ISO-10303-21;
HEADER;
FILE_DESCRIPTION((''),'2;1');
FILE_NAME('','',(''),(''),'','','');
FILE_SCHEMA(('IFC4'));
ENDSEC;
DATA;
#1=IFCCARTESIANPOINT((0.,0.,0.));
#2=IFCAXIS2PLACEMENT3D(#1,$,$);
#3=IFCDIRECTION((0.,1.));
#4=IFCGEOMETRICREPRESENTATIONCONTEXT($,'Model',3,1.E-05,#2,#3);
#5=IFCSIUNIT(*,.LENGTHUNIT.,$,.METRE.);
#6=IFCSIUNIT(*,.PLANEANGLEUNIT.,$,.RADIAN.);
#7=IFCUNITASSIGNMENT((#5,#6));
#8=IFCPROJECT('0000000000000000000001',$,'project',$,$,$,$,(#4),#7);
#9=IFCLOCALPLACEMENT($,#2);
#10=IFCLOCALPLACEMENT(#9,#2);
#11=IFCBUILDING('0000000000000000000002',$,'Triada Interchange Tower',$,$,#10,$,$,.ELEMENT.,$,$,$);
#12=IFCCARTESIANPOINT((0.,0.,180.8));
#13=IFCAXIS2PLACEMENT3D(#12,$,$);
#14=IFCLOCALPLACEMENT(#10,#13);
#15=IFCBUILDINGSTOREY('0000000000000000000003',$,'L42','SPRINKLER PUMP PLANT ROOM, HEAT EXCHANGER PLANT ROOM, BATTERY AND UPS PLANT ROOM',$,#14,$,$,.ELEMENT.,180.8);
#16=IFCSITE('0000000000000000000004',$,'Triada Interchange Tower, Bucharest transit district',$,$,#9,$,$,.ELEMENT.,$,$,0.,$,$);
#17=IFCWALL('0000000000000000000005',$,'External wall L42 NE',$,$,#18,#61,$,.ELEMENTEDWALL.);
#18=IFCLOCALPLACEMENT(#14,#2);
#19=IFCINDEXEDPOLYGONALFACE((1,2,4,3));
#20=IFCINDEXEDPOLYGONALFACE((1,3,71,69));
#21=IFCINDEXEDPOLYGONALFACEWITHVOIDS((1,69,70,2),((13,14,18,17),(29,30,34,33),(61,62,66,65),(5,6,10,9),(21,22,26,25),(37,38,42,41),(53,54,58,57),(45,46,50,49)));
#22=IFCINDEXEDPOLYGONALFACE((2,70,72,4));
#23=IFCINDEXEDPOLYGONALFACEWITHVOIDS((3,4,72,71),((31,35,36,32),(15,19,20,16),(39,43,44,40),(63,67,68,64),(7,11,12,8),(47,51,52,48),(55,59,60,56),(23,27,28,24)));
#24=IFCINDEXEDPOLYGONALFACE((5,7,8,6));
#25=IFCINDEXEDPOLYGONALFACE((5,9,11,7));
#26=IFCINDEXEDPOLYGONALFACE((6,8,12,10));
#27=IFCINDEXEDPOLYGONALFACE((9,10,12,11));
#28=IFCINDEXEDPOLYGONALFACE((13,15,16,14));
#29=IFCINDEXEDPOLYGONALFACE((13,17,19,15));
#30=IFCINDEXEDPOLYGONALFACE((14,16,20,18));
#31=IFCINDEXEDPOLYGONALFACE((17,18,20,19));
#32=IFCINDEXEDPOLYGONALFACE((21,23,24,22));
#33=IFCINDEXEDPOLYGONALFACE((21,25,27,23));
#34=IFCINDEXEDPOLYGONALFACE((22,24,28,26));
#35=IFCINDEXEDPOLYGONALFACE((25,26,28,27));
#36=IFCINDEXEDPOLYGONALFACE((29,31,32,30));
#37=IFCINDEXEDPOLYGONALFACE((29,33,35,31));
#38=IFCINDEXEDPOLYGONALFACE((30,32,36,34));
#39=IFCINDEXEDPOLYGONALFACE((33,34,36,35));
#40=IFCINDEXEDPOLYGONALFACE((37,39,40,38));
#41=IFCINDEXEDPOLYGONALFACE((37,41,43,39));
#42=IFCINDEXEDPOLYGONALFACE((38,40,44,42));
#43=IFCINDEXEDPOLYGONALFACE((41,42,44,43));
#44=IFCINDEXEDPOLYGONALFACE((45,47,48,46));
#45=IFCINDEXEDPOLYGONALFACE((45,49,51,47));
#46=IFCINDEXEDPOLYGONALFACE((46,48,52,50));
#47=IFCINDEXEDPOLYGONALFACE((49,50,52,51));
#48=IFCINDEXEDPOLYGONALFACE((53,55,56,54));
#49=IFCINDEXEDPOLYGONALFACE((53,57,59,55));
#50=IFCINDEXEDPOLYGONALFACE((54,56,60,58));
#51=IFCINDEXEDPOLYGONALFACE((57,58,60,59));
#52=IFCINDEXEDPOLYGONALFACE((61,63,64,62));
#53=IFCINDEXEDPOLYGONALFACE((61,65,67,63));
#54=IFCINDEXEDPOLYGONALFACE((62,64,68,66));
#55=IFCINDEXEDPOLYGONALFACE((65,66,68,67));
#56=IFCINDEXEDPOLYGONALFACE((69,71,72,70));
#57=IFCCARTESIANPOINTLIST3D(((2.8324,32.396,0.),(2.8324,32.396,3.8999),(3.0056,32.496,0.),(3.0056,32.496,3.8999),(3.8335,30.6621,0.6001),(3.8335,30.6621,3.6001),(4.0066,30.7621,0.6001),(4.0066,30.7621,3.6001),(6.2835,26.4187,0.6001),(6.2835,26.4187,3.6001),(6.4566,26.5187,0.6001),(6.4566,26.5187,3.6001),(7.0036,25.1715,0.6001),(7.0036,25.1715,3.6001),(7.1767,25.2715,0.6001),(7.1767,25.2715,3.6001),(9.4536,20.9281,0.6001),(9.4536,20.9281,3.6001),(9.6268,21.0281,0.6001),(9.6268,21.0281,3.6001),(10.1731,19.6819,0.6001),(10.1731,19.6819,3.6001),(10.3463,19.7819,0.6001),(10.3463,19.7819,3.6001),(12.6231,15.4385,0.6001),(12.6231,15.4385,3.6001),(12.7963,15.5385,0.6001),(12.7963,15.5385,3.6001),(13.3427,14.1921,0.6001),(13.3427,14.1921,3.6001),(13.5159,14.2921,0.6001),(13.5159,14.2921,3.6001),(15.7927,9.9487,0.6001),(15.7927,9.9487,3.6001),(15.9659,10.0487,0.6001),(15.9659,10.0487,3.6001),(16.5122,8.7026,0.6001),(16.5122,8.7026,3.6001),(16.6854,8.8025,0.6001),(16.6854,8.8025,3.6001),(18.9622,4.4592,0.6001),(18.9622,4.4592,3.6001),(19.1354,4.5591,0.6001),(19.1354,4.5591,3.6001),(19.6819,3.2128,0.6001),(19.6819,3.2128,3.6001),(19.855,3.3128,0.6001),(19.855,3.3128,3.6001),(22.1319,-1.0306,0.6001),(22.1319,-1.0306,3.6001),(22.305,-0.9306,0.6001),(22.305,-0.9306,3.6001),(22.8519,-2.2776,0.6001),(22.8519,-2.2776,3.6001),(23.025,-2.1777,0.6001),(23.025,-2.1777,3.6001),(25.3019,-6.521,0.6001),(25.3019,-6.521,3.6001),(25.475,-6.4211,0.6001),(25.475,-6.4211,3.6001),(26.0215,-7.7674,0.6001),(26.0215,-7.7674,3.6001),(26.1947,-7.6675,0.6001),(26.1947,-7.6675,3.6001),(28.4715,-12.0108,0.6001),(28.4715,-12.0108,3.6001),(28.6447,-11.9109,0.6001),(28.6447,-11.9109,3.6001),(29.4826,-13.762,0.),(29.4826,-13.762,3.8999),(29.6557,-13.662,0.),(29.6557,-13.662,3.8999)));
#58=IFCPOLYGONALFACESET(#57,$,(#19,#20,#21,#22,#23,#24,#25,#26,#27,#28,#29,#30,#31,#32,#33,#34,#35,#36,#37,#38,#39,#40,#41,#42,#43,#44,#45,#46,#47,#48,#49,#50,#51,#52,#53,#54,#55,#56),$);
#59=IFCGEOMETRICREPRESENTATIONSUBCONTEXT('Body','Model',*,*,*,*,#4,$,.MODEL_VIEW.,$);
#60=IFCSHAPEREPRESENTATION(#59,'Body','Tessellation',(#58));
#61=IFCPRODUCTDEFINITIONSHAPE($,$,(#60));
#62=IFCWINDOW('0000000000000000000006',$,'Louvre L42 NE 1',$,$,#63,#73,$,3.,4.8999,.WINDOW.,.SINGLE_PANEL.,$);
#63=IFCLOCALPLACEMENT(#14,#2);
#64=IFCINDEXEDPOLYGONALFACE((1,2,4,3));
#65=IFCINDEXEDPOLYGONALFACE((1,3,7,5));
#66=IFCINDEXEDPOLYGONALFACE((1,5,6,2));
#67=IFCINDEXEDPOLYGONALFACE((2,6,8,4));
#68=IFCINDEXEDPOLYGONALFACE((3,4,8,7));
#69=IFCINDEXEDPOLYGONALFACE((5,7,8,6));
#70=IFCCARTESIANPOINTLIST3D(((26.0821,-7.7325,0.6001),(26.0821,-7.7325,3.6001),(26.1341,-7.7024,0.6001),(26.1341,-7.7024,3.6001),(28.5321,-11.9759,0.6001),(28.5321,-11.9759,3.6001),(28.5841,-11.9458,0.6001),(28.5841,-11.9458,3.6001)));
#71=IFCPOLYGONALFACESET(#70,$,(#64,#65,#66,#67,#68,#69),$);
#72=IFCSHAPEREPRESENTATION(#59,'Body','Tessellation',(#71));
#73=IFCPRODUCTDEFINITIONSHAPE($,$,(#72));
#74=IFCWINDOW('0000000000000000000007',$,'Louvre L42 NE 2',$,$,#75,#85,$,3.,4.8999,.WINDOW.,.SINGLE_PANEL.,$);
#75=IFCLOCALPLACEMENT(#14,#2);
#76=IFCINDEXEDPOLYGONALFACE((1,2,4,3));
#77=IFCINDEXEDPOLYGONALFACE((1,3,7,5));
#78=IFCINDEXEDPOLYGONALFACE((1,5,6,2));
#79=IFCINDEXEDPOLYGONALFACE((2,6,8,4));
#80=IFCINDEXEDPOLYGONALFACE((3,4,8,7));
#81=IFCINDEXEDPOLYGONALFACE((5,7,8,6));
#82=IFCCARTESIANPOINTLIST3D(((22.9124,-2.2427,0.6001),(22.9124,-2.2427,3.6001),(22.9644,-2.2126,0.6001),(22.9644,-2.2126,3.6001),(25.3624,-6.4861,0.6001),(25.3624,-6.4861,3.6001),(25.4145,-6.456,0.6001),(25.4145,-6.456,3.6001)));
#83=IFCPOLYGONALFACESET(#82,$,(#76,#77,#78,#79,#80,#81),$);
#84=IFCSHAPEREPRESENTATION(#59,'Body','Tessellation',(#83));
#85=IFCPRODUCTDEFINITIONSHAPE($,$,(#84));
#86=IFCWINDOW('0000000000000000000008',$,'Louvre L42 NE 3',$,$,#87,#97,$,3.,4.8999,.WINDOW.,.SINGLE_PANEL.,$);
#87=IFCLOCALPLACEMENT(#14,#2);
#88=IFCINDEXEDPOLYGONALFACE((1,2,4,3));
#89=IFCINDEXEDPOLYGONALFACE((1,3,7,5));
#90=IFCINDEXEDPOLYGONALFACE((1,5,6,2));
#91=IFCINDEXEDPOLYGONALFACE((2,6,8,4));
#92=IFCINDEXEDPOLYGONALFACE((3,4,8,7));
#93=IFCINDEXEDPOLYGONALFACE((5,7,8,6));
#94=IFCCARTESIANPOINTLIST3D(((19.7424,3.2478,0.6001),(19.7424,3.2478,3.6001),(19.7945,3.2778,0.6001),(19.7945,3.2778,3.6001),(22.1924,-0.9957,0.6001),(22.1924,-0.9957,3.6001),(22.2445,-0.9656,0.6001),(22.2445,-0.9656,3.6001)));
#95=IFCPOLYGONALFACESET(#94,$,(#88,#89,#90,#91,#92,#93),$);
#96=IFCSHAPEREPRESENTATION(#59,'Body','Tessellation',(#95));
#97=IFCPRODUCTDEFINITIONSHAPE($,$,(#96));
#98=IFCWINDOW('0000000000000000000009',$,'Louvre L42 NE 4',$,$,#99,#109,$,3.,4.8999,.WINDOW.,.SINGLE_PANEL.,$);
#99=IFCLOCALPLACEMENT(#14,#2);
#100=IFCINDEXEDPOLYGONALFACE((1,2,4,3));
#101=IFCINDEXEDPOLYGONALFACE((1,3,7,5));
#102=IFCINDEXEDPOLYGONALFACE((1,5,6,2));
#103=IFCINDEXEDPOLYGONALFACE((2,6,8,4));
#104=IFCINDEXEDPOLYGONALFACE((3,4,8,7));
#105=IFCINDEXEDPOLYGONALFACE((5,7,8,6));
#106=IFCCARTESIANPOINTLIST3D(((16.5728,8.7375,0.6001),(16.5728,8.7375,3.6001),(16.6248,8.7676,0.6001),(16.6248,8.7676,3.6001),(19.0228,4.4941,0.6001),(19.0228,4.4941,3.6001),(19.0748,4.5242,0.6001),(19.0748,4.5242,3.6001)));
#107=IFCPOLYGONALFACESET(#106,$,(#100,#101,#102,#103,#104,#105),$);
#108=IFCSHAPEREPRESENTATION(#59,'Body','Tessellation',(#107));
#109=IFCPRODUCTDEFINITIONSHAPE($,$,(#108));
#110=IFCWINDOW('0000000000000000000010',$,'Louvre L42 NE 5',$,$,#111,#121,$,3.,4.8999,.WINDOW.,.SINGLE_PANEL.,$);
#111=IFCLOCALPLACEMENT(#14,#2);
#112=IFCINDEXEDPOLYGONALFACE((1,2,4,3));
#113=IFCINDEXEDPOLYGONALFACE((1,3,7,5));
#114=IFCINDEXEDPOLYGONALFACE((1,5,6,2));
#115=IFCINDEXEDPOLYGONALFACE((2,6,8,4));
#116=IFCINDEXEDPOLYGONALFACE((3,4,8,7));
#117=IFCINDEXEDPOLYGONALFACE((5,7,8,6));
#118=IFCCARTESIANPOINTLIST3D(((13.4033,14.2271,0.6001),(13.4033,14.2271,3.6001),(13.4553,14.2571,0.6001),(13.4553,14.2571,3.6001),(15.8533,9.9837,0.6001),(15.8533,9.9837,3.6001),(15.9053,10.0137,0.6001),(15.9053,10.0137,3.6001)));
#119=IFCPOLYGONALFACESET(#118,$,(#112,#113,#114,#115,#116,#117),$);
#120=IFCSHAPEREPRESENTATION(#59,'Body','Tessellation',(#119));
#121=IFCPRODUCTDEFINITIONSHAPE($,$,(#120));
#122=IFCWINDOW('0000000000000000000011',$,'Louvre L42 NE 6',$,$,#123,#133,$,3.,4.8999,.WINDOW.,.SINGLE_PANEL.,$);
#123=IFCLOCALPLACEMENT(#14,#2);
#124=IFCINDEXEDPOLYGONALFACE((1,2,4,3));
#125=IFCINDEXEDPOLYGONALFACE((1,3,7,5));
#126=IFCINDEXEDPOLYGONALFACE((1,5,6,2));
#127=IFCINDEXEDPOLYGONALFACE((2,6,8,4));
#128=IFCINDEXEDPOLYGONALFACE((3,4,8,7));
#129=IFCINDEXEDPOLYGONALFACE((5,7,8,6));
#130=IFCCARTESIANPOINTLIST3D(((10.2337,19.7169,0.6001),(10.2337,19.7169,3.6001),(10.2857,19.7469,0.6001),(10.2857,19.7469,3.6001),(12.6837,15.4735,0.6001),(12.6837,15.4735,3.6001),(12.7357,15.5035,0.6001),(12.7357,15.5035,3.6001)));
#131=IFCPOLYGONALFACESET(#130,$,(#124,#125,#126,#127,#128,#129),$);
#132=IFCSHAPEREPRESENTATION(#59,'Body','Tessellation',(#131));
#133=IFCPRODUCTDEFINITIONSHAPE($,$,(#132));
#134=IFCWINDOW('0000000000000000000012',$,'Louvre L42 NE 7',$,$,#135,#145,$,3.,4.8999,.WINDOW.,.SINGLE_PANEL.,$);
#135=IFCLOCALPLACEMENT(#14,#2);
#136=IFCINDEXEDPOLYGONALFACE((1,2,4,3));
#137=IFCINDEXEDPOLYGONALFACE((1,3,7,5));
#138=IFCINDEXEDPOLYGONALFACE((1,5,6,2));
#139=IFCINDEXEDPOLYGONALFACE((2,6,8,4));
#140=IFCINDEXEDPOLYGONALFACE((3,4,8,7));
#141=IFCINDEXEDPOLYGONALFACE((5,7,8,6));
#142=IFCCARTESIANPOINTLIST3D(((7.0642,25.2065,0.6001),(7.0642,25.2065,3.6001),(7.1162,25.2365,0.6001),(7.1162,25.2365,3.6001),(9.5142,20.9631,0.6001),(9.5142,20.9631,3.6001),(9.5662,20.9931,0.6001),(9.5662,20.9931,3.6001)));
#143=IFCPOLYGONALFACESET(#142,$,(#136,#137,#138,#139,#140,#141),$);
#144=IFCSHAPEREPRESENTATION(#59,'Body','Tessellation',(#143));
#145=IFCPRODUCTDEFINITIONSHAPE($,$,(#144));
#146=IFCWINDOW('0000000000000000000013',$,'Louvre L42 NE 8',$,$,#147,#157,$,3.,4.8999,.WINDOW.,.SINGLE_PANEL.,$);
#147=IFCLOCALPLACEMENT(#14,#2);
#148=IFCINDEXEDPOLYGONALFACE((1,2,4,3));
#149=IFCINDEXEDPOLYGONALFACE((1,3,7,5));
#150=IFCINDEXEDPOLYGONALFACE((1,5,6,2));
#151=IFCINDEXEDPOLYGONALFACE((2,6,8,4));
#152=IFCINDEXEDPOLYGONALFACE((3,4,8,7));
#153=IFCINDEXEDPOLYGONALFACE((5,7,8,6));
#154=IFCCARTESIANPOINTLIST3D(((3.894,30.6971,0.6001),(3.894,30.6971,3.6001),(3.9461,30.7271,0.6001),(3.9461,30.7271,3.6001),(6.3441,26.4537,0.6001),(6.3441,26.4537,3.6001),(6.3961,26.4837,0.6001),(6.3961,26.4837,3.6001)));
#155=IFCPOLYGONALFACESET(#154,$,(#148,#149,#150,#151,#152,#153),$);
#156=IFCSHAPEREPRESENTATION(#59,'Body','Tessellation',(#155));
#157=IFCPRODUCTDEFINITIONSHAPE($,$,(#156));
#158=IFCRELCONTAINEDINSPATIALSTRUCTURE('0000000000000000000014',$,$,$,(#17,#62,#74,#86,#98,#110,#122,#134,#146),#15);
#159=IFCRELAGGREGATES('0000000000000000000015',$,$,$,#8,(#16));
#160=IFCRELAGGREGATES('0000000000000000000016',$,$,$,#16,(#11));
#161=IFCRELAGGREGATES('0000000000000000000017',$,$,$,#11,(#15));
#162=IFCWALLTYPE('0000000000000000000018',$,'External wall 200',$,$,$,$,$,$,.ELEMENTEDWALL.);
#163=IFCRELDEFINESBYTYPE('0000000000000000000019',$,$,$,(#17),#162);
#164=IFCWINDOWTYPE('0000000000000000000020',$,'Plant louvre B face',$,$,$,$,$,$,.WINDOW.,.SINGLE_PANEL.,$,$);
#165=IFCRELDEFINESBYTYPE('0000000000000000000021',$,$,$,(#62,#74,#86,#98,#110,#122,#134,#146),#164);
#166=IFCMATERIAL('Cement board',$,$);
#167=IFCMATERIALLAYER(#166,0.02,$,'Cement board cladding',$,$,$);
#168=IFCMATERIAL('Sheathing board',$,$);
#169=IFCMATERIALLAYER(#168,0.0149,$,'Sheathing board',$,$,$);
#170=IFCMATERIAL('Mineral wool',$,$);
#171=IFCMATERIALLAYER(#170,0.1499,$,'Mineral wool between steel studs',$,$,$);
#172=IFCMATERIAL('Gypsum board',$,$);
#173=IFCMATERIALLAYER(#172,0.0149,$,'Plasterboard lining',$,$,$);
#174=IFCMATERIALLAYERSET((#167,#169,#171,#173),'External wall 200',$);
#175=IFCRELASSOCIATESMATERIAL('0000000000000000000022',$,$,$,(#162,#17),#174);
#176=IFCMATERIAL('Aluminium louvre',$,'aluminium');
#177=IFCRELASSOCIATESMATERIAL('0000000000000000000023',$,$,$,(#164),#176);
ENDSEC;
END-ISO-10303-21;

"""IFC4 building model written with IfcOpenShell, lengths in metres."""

from ifc_helpers import new_model, si_unit, direction, frame, frame_2d, origin, place, context, subcontext, project, spatial, rectangle, extrude, material, layer, layer_set, layer_usage, type_object, element, fill, save


model = new_model("IFC4")

# Units and contexts
model_context = context("Model", 3, precision=1e-05, world=origin(), true_north=direction((0.0, 1.0)))
body_context = subcontext(model_context, "Body", "Model", "MODEL_VIEW")
ifc_project = project(units=[si_unit("LENGTHUNIT", "METRE"), si_unit("PLANEANGLEUNIT", "RADIAN")], contexts=[model_context])

# Site, building, storey
site_placement = place(None, origin())
site = spatial("IfcSite", under=ifc_project, at=site_placement, Name="Triada Interchange Tower, Bucharest transit district", CompositionType="ELEMENT", RefElevation=0.0)
building_placement = place(site_placement, origin())
building = spatial("IfcBuilding", under=site, at=building_placement, Name="Triada Interchange Tower", CompositionType="ELEMENT")
storey_placement = place(building_placement, frame((0.0, 0.0, 180.8)))
storey = spatial("IfcBuildingStorey", under=building, at=storey_placement, Name="L42", Description="SPRINKLER PUMP PLANT ROOM, HEAT EXCHANGER PLANT ROOM, BATTERY AND UPS PLANT ROOM", CompositionType="ELEMENT", Elevation=180.8)

# Shared definitions
ifc_material_1 = material(Name="Cement board")
ifc_layer_1 = layer(ifc_material_1, 0.02, Name="Cement board cladding")
ifc_material_2 = material(Name="Sheathing board")
ifc_layer_2 = layer(ifc_material_2, 0.0149, Name="Sheathing board")
ifc_material_3 = material(Name="Mineral wool")
ifc_layer_3 = layer(ifc_material_3, 0.1499, Name="Mineral wool between steel studs")
ifc_material_4 = material(Name="Gypsum board")
ifc_layer_4 = layer(ifc_material_4, 0.0149, Name="Plasterboard lining")
ifc_layer_set_1 = layer_set([ifc_layer_1, ifc_layer_2, ifc_layer_3, ifc_layer_4], Name="External wall 200")
ifc_layer_usage = layer_usage(ifc_layer_set_1, "AXIS2", "POSITIVE", -0.1001)
wall_type = type_object("IfcWallType", Name="External wall 200", PredefinedType="ELEMENTEDWALL", material=ifc_layer_set_1)
ifc_material_5 = material(Name="Aluminium louvre", Category="aluminium")

# Wall, openings, windows
wall_1_placement = place(storey_placement, frame((29.5691, -13.7119, 0.0), z_axis=(0.0, 0.0, 1.0), x_axis=(-0.500012, 0.866019, 0.0)))
wall_1 = element("IfcWall", 1, at=wall_1_placement, inside=storey, type_object=wall_type, material=ifc_layer_usage, Name="External wall L42 NE", PredefinedType="ELEMENTEDWALL", context=body_context, shape_type="SweptSolid", body=[
    extrude(rectangle(XDim=53.2991, YDim=0.2, at=frame_2d((26.6494, 0.0))), origin(), (0.0, 0.0, 1.0), 3.8999),
])
opening_1_placement = place(wall_1_placement, frame((2.022, 0.0, 0.6001)))
opening_1 = element("IfcOpeningElement", 2, at=opening_1_placement, cuts=wall_1, PredefinedType="OPENING", context=body_context, shape_type="SweptSolid", body=[
    extrude(rectangle(XDim=4.8999, YDim=3.0, at=frame_2d((2.45, 1.5))), frame((0.0, 0.1099, 0.0), z_axis=(0.0, -1.0, 0.0), x_axis=(1.0, 0.0, 0.0)), (0.0, 0.0, 1.0), 0.22),
])
opening_2_placement = place(wall_1_placement, frame((8.3611, 0.0, 0.6001)))
opening_2 = element("IfcOpeningElement", 3, at=opening_2_placement, cuts=wall_1, PredefinedType="OPENING", context=body_context, shape_type="SweptSolid", body=[
    extrude(rectangle(XDim=4.8999, YDim=3.0, at=frame_2d((2.45, 1.5))), frame((0.0, 0.1099, 0.0), z_axis=(0.0, -1.0, 0.0), x_axis=(1.0, 0.0, 0.0)), (0.0, 0.0, 1.0), 0.22),
])
opening_3_placement = place(wall_1_placement, frame((14.7009, 0.0, 0.6001)))
opening_3 = element("IfcOpeningElement", 4, at=opening_3_placement, cuts=wall_1, PredefinedType="OPENING", context=body_context, shape_type="SweptSolid", body=[
    extrude(rectangle(XDim=4.8999, YDim=3.0, at=frame_2d((2.45, 1.5))), frame((0.0, 0.1099, 0.0), z_axis=(0.0, -1.0, 0.0), x_axis=(1.0, 0.0, 0.0)), (0.0, 0.0, 1.0), 0.22),
])
opening_4_placement = place(wall_1_placement, frame((21.04, 0.0, 0.6001)))
opening_4 = element("IfcOpeningElement", 5, at=opening_4_placement, cuts=wall_1, PredefinedType="OPENING", context=body_context, shape_type="SweptSolid", body=[
    extrude(rectangle(XDim=4.8999, YDim=3.0, at=frame_2d((2.45, 1.5))), frame((0.0, 0.1099, 0.0), z_axis=(0.0, -1.0, 0.0), x_axis=(1.0, 0.0, 0.0)), (0.0, 0.0, 1.0), 0.22),
])
opening_5_placement = place(wall_1_placement, frame((27.3789, 0.0, 0.6001)))
opening_5 = element("IfcOpeningElement", 6, at=opening_5_placement, cuts=wall_1, PredefinedType="OPENING", context=body_context, shape_type="SweptSolid", body=[
    extrude(rectangle(XDim=4.8999, YDim=3.0, at=frame_2d((2.45, 1.5))), frame((0.0, 0.1099, 0.0), z_axis=(0.0, -1.0, 0.0), x_axis=(1.0, 0.0, 0.0)), (0.0, 0.0, 1.0), 0.22),
])
opening_6_placement = place(wall_1_placement, frame((33.718, 0.0, 0.6001)))
opening_6 = element("IfcOpeningElement", 7, at=opening_6_placement, cuts=wall_1, PredefinedType="OPENING", context=body_context, shape_type="SweptSolid", body=[
    extrude(rectangle(XDim=4.8999, YDim=3.0, at=frame_2d((2.45, 1.5))), frame((0.0, 0.1099, 0.0), z_axis=(0.0, -1.0, 0.0), x_axis=(1.0, 0.0, 0.0)), (0.0, 0.0, 1.0), 0.22),
])
opening_7_placement = place(wall_1_placement, frame((40.0569, 0.0, 0.6001)))
opening_7 = element("IfcOpeningElement", 8, at=opening_7_placement, cuts=wall_1, PredefinedType="OPENING", context=body_context, shape_type="SweptSolid", body=[
    extrude(rectangle(XDim=4.8999, YDim=3.0, at=frame_2d((2.45, 1.5))), frame((0.0, 0.1099, 0.0), z_axis=(0.0, -1.0, 0.0), x_axis=(1.0, 0.0, 0.0)), (0.0, 0.0, 1.0), 0.22),
])
opening_8_placement = place(wall_1_placement, frame((46.397, 0.0, 0.6001)))
opening_8 = element("IfcOpeningElement", 9, at=opening_8_placement, cuts=wall_1, PredefinedType="OPENING", context=body_context, shape_type="SweptSolid", body=[
    extrude(rectangle(XDim=4.8999, YDim=3.0, at=frame_2d((2.45, 1.5))), frame((0.0, 0.1099, 0.0), z_axis=(0.0, -1.0, 0.0), x_axis=(1.0, 0.0, 0.0)), (0.0, 0.0, 1.0), 0.22),
])
window_type_1 = type_object("IfcWindowType", Name="Plant louvre B face", PartitioningType="SINGLE_PANEL", PredefinedType="WINDOW", material=ifc_material_5)
window_1_placement = place(opening_1_placement, origin())
window_1 = element("IfcWindow", 10, at=window_1_placement, inside=storey, type_object=window_type_1, Name="Louvre L42 NE 1", OverallHeight=3.0, OverallWidth=4.8999, PartitioningType="SINGLE_PANEL", PredefinedType="WINDOW", context=body_context, shape_type="SweptSolid", body=[
    extrude(rectangle(XDim=4.8999, YDim=3.0, at=frame_2d((2.45, 1.5))), frame((0.0, 0.03, 0.0), z_axis=(0.0, -1.0, 0.0), x_axis=(1.0, 0.0, 0.0)), (0.0, 0.0, 1.0), 0.0601),
])
fill(opening_1, window_1)
window_2_placement = place(opening_2_placement, origin())
window_2 = element("IfcWindow", 11, at=window_2_placement, inside=storey, type_object=window_type_1, Name="Louvre L42 NE 2", OverallHeight=3.0, OverallWidth=4.8999, PartitioningType="SINGLE_PANEL", PredefinedType="WINDOW", context=body_context, shape_type="SweptSolid", body=[
    extrude(rectangle(XDim=4.8999, YDim=3.0, at=frame_2d((2.45, 1.5))), frame((0.0, 0.03, 0.0), z_axis=(0.0, -1.0, 0.0), x_axis=(1.0, 0.0, 0.0)), (0.0, 0.0, 1.0), 0.0601),
])
fill(opening_2, window_2)
window_3_placement = place(opening_3_placement, origin())
window_3 = element("IfcWindow", 12, at=window_3_placement, inside=storey, type_object=window_type_1, Name="Louvre L42 NE 3", OverallHeight=3.0, OverallWidth=4.8999, PartitioningType="SINGLE_PANEL", PredefinedType="WINDOW", context=body_context, shape_type="SweptSolid", body=[
    extrude(rectangle(XDim=4.8999, YDim=3.0, at=frame_2d((2.45, 1.5))), frame((0.0, 0.03, 0.0), z_axis=(0.0, -1.0, 0.0), x_axis=(1.0, 0.0, 0.0)), (0.0, 0.0, 1.0), 0.0601),
])
fill(opening_3, window_3)
window_4_placement = place(opening_4_placement, origin())
window_4 = element("IfcWindow", 13, at=window_4_placement, inside=storey, type_object=window_type_1, Name="Louvre L42 NE 4", OverallHeight=3.0, OverallWidth=4.8999, PartitioningType="SINGLE_PANEL", PredefinedType="WINDOW", context=body_context, shape_type="SweptSolid", body=[
    extrude(rectangle(XDim=4.8999, YDim=3.0, at=frame_2d((2.45, 1.5))), frame((0.0, 0.03, 0.0), z_axis=(0.0, -1.0, 0.0), x_axis=(1.0, 0.0, 0.0)), (0.0, 0.0, 1.0), 0.0601),
])
fill(opening_4, window_4)
window_5_placement = place(opening_5_placement, origin())
window_5 = element("IfcWindow", 14, at=window_5_placement, inside=storey, type_object=window_type_1, Name="Louvre L42 NE 5", OverallHeight=3.0, OverallWidth=4.8999, PartitioningType="SINGLE_PANEL", PredefinedType="WINDOW", context=body_context, shape_type="SweptSolid", body=[
    extrude(rectangle(XDim=4.8999, YDim=3.0, at=frame_2d((2.45, 1.5))), frame((0.0, 0.03, 0.0), z_axis=(0.0, -1.0, 0.0), x_axis=(1.0, 0.0, 0.0)), (0.0, 0.0, 1.0), 0.0601),
])
fill(opening_5, window_5)
window_6_placement = place(opening_6_placement, origin())
window_6 = element("IfcWindow", 15, at=window_6_placement, inside=storey, type_object=window_type_1, Name="Louvre L42 NE 6", OverallHeight=3.0, OverallWidth=4.8999, PartitioningType="SINGLE_PANEL", PredefinedType="WINDOW", context=body_context, shape_type="SweptSolid", body=[
    extrude(rectangle(XDim=4.8999, YDim=3.0, at=frame_2d((2.45, 1.5))), frame((0.0, 0.03, 0.0), z_axis=(0.0, -1.0, 0.0), x_axis=(1.0, 0.0, 0.0)), (0.0, 0.0, 1.0), 0.0601),
])
fill(opening_6, window_6)
window_7_placement = place(opening_7_placement, origin())
window_7 = element("IfcWindow", 16, at=window_7_placement, inside=storey, type_object=window_type_1, Name="Louvre L42 NE 7", OverallHeight=3.0, OverallWidth=4.8999, PartitioningType="SINGLE_PANEL", PredefinedType="WINDOW", context=body_context, shape_type="SweptSolid", body=[
    extrude(rectangle(XDim=4.8999, YDim=3.0, at=frame_2d((2.45, 1.5))), frame((0.0, 0.03, 0.0), z_axis=(0.0, -1.0, 0.0), x_axis=(1.0, 0.0, 0.0)), (0.0, 0.0, 1.0), 0.0601),
])
fill(opening_7, window_7)
window_8_placement = place(opening_8_placement, origin())
window_8 = element("IfcWindow", 17, at=window_8_placement, inside=storey, type_object=window_type_1, Name="Louvre L42 NE 8", OverallHeight=3.0, OverallWidth=4.8999, PartitioningType="SINGLE_PANEL", PredefinedType="WINDOW", context=body_context, shape_type="SweptSolid", body=[
    extrude(rectangle(XDim=4.8999, YDim=3.0, at=frame_2d((2.45, 1.5))), frame((0.0, 0.03, 0.0), z_axis=(0.0, -1.0, 0.0), x_axis=(1.0, 0.0, 0.0)), (0.0, 0.0, 1.0), 0.0601),
])
fill(opening_8, window_8)

save(model, "model.ifc")
